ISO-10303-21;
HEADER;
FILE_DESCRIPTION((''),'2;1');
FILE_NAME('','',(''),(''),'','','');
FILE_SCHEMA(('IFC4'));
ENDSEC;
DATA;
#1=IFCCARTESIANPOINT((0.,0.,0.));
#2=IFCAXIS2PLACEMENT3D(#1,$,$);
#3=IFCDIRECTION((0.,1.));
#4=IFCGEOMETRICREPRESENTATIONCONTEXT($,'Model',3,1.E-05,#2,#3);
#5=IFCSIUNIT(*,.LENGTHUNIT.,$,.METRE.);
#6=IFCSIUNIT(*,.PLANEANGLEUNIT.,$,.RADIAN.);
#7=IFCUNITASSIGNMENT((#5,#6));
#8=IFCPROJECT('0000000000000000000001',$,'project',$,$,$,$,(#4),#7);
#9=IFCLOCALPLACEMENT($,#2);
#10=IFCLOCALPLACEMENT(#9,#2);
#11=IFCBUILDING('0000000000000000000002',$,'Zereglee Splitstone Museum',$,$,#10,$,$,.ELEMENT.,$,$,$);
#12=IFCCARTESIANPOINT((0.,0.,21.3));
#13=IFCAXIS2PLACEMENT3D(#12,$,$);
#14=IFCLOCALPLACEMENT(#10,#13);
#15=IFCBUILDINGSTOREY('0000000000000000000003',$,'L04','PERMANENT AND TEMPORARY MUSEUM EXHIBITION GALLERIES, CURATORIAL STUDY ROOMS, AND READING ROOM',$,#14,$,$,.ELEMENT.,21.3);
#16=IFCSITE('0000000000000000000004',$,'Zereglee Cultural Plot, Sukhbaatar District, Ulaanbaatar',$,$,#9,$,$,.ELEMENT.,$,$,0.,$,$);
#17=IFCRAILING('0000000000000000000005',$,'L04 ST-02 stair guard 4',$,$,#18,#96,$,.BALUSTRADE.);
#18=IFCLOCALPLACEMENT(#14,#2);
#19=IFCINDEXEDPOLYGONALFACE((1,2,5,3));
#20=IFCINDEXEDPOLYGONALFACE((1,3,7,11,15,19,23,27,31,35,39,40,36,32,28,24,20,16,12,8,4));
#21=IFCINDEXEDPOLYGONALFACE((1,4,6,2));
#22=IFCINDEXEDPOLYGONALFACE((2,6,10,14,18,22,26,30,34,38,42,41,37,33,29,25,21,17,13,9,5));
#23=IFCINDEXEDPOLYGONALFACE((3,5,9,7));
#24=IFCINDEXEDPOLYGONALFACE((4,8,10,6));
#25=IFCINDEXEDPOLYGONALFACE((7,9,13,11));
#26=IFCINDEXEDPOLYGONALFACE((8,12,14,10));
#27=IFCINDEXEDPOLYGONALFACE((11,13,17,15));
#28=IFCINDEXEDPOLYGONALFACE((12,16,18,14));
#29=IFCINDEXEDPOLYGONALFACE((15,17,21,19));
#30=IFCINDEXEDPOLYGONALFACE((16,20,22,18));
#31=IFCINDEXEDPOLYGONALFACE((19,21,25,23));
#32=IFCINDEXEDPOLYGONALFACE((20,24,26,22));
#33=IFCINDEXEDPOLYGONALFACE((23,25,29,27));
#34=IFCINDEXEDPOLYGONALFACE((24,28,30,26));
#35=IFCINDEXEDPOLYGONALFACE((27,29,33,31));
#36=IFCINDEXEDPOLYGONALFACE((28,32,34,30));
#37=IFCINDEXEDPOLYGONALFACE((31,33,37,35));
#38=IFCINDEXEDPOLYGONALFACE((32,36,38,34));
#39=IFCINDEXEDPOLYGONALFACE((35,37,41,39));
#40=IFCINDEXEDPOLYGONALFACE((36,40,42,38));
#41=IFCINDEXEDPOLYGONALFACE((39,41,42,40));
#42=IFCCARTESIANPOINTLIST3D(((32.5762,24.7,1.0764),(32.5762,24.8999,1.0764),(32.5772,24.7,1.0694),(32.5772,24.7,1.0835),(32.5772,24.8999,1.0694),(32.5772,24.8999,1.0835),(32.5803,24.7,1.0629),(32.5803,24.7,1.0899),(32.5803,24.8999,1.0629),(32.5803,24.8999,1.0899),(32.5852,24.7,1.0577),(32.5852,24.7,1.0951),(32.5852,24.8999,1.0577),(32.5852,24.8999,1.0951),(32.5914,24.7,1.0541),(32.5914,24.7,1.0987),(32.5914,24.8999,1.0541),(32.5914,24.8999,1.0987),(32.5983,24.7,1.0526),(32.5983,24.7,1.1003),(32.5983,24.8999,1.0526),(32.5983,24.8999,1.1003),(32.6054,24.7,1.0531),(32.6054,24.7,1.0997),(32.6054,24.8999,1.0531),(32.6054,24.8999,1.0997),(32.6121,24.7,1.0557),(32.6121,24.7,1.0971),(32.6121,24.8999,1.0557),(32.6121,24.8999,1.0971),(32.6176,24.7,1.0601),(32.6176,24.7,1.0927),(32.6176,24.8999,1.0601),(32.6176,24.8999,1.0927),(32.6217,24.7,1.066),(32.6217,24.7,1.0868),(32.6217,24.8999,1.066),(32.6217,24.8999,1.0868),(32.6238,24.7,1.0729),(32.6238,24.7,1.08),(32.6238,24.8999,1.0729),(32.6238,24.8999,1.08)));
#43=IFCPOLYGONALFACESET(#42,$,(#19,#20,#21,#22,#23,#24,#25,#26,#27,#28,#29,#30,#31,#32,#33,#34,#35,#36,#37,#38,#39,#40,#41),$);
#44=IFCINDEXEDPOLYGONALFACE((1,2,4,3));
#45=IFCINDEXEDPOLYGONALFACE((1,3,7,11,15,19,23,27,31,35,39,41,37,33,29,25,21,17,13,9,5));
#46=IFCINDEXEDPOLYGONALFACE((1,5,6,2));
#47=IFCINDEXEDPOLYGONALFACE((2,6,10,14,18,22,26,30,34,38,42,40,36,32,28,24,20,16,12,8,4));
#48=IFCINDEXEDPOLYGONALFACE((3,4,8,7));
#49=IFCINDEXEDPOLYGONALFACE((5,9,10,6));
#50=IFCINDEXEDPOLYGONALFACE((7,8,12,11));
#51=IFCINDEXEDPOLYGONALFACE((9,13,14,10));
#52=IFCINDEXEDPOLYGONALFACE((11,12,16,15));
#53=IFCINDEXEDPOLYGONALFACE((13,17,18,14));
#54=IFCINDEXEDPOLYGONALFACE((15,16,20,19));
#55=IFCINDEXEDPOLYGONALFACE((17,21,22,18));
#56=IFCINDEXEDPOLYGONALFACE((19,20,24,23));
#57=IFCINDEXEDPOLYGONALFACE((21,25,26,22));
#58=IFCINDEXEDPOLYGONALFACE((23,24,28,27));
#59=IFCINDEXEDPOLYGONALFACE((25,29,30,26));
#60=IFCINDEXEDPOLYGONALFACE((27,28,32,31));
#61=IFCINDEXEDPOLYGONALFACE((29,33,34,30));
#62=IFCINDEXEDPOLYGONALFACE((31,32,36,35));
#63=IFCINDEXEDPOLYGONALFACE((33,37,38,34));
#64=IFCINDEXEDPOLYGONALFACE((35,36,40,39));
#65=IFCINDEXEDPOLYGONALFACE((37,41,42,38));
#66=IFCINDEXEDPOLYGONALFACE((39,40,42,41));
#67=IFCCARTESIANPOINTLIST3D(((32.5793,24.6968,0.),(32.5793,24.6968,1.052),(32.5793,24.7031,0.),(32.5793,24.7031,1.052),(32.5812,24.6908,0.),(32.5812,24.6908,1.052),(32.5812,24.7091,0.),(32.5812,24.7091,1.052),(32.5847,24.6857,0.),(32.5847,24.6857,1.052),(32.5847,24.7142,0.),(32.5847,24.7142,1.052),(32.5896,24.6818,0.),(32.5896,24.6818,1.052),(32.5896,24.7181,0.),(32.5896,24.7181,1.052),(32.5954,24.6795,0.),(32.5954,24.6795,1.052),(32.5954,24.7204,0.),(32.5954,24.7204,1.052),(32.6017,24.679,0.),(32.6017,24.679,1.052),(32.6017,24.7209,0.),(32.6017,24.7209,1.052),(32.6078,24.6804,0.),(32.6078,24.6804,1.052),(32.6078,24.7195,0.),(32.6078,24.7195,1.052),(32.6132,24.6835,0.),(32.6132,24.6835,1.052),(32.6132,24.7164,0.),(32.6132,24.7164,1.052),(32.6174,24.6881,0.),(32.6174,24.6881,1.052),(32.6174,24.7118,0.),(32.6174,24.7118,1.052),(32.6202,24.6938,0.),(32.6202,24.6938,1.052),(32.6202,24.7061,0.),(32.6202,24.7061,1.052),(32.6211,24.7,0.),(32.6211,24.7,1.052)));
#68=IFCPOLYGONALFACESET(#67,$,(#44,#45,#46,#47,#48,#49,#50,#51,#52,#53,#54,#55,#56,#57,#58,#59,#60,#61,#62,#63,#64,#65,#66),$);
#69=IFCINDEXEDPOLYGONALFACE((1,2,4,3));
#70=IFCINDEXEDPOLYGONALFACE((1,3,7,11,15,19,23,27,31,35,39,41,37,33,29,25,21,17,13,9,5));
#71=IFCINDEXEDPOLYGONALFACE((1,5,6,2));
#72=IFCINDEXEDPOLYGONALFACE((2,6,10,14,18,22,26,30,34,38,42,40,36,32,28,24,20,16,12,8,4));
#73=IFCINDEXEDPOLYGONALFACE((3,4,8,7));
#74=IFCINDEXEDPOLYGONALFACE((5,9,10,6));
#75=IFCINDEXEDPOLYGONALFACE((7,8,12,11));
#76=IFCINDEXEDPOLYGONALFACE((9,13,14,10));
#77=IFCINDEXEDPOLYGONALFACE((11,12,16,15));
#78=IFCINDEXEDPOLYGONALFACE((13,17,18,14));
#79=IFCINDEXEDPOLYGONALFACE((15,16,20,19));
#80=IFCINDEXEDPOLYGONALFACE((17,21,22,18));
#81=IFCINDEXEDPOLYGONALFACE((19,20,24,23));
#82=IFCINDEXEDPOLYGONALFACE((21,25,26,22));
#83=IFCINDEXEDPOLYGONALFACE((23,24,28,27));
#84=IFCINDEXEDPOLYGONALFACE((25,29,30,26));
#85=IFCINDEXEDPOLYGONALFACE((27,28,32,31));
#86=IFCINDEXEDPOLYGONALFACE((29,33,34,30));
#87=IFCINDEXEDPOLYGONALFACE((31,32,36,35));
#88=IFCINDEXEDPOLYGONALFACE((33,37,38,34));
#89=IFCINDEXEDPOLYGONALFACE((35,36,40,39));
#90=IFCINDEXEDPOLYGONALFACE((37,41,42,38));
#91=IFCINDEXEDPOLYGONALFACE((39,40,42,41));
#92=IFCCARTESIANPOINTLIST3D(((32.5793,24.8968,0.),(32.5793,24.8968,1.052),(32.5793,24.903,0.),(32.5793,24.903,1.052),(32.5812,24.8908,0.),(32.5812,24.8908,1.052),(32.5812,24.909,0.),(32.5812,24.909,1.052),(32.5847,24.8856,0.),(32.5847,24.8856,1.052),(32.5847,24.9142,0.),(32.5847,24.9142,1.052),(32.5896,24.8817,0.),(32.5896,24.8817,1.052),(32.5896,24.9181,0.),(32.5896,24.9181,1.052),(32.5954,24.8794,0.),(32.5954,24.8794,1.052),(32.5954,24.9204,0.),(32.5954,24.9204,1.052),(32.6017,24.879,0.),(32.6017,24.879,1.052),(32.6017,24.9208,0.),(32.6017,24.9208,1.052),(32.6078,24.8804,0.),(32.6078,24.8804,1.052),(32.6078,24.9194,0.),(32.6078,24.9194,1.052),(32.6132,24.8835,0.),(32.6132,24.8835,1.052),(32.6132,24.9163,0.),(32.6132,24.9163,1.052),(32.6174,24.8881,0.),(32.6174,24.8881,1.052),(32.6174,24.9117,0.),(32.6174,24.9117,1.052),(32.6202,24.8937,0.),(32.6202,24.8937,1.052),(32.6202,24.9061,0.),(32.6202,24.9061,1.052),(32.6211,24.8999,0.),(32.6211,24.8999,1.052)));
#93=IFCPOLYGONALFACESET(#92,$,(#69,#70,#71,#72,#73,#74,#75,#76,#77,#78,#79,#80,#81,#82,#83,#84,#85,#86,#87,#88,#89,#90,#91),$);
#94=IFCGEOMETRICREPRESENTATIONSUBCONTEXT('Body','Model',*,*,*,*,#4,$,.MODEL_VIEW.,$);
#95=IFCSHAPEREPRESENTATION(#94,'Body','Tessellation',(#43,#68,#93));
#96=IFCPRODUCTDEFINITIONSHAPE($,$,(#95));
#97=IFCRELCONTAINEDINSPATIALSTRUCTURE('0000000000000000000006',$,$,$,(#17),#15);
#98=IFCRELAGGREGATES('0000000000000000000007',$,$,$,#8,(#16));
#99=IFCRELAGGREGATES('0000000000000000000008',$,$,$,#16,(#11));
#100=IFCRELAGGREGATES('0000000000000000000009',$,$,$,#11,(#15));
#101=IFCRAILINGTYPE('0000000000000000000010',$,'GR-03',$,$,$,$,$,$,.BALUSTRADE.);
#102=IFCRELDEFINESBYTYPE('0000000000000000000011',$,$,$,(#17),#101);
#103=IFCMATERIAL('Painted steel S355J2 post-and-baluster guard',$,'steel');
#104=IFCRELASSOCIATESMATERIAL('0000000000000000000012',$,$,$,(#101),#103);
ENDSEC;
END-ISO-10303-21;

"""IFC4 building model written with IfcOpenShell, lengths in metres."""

from ifc_helpers import new_model, si_unit, direction, frame, origin, origin_2d, place, context, subcontext, project, spatial, circle, extrude, material, type_object, element, save


model = new_model("IFC4")

# Units and contexts
model_context = context("Model", 3, precision=1e-05, world=origin(), true_north=direction((0.0, 1.0)))
body_context = subcontext(model_context, "Body", "Model", "MODEL_VIEW")
ifc_project = project(units=[si_unit("LENGTHUNIT", "METRE"), si_unit("PLANEANGLEUNIT", "RADIAN")], contexts=[model_context])

# Site, building, storey
site_placement = place(None, origin())
site = spatial("IfcSite", under=ifc_project, at=site_placement, Name="Zereglee Cultural Plot, Sukhbaatar District, Ulaanbaatar", CompositionType="ELEMENT", RefElevation=0.0)
building_placement = place(site_placement, origin())
building = spatial("IfcBuilding", under=site, at=building_placement, Name="Zereglee Splitstone Museum", CompositionType="ELEMENT")
storey_placement = place(building_placement, frame((0.0, 0.0, 21.3)))
storey = spatial("IfcBuildingStorey", under=building, at=storey_placement, Name="L04", Description="PERMANENT AND TEMPORARY MUSEUM EXHIBITION GALLERIES, CURATORIAL STUDY ROOMS, AND READING ROOM", CompositionType="ELEMENT", Elevation=21.3)

# Railing
ifc_material_1 = material(Name="Painted steel S355J2 post-and-baluster guard", Category="steel")
railing_type = type_object("IfcRailingType", Name="GR-03", PredefinedType="BALUSTRADE", material=ifc_material_1)
railing_placement = place(storey_placement, frame((32.6001, 24.7, 0.0)))
element("IfcRailing", 1, at=railing_placement, inside=storey, type_object=railing_type, Name="L04 ST-02 stair guard 4", PredefinedType="BALUSTRADE", context=body_context, shape_type="SweptSolid", body=[
    extrude(circle(Radius=0.0239, at=origin_2d()), frame((0.0, 0.0, 1.0764), z_axis=(0.0, 1.0, 0.0), x_axis=(-1.0, 0.0, 0.0)), (0.0, 0.0, 1.0), 0.2),
    extrude(circle(Radius=0.021, at=origin_2d()), origin(), (0.0, 0.0, 1.0), 1.052),
    extrude(circle(Radius=0.021, at=origin_2d()), frame((0.0, 0.2, 0.0)), (0.0, 0.0, 1.0), 1.052),
])

save(model, "model.ifc")
